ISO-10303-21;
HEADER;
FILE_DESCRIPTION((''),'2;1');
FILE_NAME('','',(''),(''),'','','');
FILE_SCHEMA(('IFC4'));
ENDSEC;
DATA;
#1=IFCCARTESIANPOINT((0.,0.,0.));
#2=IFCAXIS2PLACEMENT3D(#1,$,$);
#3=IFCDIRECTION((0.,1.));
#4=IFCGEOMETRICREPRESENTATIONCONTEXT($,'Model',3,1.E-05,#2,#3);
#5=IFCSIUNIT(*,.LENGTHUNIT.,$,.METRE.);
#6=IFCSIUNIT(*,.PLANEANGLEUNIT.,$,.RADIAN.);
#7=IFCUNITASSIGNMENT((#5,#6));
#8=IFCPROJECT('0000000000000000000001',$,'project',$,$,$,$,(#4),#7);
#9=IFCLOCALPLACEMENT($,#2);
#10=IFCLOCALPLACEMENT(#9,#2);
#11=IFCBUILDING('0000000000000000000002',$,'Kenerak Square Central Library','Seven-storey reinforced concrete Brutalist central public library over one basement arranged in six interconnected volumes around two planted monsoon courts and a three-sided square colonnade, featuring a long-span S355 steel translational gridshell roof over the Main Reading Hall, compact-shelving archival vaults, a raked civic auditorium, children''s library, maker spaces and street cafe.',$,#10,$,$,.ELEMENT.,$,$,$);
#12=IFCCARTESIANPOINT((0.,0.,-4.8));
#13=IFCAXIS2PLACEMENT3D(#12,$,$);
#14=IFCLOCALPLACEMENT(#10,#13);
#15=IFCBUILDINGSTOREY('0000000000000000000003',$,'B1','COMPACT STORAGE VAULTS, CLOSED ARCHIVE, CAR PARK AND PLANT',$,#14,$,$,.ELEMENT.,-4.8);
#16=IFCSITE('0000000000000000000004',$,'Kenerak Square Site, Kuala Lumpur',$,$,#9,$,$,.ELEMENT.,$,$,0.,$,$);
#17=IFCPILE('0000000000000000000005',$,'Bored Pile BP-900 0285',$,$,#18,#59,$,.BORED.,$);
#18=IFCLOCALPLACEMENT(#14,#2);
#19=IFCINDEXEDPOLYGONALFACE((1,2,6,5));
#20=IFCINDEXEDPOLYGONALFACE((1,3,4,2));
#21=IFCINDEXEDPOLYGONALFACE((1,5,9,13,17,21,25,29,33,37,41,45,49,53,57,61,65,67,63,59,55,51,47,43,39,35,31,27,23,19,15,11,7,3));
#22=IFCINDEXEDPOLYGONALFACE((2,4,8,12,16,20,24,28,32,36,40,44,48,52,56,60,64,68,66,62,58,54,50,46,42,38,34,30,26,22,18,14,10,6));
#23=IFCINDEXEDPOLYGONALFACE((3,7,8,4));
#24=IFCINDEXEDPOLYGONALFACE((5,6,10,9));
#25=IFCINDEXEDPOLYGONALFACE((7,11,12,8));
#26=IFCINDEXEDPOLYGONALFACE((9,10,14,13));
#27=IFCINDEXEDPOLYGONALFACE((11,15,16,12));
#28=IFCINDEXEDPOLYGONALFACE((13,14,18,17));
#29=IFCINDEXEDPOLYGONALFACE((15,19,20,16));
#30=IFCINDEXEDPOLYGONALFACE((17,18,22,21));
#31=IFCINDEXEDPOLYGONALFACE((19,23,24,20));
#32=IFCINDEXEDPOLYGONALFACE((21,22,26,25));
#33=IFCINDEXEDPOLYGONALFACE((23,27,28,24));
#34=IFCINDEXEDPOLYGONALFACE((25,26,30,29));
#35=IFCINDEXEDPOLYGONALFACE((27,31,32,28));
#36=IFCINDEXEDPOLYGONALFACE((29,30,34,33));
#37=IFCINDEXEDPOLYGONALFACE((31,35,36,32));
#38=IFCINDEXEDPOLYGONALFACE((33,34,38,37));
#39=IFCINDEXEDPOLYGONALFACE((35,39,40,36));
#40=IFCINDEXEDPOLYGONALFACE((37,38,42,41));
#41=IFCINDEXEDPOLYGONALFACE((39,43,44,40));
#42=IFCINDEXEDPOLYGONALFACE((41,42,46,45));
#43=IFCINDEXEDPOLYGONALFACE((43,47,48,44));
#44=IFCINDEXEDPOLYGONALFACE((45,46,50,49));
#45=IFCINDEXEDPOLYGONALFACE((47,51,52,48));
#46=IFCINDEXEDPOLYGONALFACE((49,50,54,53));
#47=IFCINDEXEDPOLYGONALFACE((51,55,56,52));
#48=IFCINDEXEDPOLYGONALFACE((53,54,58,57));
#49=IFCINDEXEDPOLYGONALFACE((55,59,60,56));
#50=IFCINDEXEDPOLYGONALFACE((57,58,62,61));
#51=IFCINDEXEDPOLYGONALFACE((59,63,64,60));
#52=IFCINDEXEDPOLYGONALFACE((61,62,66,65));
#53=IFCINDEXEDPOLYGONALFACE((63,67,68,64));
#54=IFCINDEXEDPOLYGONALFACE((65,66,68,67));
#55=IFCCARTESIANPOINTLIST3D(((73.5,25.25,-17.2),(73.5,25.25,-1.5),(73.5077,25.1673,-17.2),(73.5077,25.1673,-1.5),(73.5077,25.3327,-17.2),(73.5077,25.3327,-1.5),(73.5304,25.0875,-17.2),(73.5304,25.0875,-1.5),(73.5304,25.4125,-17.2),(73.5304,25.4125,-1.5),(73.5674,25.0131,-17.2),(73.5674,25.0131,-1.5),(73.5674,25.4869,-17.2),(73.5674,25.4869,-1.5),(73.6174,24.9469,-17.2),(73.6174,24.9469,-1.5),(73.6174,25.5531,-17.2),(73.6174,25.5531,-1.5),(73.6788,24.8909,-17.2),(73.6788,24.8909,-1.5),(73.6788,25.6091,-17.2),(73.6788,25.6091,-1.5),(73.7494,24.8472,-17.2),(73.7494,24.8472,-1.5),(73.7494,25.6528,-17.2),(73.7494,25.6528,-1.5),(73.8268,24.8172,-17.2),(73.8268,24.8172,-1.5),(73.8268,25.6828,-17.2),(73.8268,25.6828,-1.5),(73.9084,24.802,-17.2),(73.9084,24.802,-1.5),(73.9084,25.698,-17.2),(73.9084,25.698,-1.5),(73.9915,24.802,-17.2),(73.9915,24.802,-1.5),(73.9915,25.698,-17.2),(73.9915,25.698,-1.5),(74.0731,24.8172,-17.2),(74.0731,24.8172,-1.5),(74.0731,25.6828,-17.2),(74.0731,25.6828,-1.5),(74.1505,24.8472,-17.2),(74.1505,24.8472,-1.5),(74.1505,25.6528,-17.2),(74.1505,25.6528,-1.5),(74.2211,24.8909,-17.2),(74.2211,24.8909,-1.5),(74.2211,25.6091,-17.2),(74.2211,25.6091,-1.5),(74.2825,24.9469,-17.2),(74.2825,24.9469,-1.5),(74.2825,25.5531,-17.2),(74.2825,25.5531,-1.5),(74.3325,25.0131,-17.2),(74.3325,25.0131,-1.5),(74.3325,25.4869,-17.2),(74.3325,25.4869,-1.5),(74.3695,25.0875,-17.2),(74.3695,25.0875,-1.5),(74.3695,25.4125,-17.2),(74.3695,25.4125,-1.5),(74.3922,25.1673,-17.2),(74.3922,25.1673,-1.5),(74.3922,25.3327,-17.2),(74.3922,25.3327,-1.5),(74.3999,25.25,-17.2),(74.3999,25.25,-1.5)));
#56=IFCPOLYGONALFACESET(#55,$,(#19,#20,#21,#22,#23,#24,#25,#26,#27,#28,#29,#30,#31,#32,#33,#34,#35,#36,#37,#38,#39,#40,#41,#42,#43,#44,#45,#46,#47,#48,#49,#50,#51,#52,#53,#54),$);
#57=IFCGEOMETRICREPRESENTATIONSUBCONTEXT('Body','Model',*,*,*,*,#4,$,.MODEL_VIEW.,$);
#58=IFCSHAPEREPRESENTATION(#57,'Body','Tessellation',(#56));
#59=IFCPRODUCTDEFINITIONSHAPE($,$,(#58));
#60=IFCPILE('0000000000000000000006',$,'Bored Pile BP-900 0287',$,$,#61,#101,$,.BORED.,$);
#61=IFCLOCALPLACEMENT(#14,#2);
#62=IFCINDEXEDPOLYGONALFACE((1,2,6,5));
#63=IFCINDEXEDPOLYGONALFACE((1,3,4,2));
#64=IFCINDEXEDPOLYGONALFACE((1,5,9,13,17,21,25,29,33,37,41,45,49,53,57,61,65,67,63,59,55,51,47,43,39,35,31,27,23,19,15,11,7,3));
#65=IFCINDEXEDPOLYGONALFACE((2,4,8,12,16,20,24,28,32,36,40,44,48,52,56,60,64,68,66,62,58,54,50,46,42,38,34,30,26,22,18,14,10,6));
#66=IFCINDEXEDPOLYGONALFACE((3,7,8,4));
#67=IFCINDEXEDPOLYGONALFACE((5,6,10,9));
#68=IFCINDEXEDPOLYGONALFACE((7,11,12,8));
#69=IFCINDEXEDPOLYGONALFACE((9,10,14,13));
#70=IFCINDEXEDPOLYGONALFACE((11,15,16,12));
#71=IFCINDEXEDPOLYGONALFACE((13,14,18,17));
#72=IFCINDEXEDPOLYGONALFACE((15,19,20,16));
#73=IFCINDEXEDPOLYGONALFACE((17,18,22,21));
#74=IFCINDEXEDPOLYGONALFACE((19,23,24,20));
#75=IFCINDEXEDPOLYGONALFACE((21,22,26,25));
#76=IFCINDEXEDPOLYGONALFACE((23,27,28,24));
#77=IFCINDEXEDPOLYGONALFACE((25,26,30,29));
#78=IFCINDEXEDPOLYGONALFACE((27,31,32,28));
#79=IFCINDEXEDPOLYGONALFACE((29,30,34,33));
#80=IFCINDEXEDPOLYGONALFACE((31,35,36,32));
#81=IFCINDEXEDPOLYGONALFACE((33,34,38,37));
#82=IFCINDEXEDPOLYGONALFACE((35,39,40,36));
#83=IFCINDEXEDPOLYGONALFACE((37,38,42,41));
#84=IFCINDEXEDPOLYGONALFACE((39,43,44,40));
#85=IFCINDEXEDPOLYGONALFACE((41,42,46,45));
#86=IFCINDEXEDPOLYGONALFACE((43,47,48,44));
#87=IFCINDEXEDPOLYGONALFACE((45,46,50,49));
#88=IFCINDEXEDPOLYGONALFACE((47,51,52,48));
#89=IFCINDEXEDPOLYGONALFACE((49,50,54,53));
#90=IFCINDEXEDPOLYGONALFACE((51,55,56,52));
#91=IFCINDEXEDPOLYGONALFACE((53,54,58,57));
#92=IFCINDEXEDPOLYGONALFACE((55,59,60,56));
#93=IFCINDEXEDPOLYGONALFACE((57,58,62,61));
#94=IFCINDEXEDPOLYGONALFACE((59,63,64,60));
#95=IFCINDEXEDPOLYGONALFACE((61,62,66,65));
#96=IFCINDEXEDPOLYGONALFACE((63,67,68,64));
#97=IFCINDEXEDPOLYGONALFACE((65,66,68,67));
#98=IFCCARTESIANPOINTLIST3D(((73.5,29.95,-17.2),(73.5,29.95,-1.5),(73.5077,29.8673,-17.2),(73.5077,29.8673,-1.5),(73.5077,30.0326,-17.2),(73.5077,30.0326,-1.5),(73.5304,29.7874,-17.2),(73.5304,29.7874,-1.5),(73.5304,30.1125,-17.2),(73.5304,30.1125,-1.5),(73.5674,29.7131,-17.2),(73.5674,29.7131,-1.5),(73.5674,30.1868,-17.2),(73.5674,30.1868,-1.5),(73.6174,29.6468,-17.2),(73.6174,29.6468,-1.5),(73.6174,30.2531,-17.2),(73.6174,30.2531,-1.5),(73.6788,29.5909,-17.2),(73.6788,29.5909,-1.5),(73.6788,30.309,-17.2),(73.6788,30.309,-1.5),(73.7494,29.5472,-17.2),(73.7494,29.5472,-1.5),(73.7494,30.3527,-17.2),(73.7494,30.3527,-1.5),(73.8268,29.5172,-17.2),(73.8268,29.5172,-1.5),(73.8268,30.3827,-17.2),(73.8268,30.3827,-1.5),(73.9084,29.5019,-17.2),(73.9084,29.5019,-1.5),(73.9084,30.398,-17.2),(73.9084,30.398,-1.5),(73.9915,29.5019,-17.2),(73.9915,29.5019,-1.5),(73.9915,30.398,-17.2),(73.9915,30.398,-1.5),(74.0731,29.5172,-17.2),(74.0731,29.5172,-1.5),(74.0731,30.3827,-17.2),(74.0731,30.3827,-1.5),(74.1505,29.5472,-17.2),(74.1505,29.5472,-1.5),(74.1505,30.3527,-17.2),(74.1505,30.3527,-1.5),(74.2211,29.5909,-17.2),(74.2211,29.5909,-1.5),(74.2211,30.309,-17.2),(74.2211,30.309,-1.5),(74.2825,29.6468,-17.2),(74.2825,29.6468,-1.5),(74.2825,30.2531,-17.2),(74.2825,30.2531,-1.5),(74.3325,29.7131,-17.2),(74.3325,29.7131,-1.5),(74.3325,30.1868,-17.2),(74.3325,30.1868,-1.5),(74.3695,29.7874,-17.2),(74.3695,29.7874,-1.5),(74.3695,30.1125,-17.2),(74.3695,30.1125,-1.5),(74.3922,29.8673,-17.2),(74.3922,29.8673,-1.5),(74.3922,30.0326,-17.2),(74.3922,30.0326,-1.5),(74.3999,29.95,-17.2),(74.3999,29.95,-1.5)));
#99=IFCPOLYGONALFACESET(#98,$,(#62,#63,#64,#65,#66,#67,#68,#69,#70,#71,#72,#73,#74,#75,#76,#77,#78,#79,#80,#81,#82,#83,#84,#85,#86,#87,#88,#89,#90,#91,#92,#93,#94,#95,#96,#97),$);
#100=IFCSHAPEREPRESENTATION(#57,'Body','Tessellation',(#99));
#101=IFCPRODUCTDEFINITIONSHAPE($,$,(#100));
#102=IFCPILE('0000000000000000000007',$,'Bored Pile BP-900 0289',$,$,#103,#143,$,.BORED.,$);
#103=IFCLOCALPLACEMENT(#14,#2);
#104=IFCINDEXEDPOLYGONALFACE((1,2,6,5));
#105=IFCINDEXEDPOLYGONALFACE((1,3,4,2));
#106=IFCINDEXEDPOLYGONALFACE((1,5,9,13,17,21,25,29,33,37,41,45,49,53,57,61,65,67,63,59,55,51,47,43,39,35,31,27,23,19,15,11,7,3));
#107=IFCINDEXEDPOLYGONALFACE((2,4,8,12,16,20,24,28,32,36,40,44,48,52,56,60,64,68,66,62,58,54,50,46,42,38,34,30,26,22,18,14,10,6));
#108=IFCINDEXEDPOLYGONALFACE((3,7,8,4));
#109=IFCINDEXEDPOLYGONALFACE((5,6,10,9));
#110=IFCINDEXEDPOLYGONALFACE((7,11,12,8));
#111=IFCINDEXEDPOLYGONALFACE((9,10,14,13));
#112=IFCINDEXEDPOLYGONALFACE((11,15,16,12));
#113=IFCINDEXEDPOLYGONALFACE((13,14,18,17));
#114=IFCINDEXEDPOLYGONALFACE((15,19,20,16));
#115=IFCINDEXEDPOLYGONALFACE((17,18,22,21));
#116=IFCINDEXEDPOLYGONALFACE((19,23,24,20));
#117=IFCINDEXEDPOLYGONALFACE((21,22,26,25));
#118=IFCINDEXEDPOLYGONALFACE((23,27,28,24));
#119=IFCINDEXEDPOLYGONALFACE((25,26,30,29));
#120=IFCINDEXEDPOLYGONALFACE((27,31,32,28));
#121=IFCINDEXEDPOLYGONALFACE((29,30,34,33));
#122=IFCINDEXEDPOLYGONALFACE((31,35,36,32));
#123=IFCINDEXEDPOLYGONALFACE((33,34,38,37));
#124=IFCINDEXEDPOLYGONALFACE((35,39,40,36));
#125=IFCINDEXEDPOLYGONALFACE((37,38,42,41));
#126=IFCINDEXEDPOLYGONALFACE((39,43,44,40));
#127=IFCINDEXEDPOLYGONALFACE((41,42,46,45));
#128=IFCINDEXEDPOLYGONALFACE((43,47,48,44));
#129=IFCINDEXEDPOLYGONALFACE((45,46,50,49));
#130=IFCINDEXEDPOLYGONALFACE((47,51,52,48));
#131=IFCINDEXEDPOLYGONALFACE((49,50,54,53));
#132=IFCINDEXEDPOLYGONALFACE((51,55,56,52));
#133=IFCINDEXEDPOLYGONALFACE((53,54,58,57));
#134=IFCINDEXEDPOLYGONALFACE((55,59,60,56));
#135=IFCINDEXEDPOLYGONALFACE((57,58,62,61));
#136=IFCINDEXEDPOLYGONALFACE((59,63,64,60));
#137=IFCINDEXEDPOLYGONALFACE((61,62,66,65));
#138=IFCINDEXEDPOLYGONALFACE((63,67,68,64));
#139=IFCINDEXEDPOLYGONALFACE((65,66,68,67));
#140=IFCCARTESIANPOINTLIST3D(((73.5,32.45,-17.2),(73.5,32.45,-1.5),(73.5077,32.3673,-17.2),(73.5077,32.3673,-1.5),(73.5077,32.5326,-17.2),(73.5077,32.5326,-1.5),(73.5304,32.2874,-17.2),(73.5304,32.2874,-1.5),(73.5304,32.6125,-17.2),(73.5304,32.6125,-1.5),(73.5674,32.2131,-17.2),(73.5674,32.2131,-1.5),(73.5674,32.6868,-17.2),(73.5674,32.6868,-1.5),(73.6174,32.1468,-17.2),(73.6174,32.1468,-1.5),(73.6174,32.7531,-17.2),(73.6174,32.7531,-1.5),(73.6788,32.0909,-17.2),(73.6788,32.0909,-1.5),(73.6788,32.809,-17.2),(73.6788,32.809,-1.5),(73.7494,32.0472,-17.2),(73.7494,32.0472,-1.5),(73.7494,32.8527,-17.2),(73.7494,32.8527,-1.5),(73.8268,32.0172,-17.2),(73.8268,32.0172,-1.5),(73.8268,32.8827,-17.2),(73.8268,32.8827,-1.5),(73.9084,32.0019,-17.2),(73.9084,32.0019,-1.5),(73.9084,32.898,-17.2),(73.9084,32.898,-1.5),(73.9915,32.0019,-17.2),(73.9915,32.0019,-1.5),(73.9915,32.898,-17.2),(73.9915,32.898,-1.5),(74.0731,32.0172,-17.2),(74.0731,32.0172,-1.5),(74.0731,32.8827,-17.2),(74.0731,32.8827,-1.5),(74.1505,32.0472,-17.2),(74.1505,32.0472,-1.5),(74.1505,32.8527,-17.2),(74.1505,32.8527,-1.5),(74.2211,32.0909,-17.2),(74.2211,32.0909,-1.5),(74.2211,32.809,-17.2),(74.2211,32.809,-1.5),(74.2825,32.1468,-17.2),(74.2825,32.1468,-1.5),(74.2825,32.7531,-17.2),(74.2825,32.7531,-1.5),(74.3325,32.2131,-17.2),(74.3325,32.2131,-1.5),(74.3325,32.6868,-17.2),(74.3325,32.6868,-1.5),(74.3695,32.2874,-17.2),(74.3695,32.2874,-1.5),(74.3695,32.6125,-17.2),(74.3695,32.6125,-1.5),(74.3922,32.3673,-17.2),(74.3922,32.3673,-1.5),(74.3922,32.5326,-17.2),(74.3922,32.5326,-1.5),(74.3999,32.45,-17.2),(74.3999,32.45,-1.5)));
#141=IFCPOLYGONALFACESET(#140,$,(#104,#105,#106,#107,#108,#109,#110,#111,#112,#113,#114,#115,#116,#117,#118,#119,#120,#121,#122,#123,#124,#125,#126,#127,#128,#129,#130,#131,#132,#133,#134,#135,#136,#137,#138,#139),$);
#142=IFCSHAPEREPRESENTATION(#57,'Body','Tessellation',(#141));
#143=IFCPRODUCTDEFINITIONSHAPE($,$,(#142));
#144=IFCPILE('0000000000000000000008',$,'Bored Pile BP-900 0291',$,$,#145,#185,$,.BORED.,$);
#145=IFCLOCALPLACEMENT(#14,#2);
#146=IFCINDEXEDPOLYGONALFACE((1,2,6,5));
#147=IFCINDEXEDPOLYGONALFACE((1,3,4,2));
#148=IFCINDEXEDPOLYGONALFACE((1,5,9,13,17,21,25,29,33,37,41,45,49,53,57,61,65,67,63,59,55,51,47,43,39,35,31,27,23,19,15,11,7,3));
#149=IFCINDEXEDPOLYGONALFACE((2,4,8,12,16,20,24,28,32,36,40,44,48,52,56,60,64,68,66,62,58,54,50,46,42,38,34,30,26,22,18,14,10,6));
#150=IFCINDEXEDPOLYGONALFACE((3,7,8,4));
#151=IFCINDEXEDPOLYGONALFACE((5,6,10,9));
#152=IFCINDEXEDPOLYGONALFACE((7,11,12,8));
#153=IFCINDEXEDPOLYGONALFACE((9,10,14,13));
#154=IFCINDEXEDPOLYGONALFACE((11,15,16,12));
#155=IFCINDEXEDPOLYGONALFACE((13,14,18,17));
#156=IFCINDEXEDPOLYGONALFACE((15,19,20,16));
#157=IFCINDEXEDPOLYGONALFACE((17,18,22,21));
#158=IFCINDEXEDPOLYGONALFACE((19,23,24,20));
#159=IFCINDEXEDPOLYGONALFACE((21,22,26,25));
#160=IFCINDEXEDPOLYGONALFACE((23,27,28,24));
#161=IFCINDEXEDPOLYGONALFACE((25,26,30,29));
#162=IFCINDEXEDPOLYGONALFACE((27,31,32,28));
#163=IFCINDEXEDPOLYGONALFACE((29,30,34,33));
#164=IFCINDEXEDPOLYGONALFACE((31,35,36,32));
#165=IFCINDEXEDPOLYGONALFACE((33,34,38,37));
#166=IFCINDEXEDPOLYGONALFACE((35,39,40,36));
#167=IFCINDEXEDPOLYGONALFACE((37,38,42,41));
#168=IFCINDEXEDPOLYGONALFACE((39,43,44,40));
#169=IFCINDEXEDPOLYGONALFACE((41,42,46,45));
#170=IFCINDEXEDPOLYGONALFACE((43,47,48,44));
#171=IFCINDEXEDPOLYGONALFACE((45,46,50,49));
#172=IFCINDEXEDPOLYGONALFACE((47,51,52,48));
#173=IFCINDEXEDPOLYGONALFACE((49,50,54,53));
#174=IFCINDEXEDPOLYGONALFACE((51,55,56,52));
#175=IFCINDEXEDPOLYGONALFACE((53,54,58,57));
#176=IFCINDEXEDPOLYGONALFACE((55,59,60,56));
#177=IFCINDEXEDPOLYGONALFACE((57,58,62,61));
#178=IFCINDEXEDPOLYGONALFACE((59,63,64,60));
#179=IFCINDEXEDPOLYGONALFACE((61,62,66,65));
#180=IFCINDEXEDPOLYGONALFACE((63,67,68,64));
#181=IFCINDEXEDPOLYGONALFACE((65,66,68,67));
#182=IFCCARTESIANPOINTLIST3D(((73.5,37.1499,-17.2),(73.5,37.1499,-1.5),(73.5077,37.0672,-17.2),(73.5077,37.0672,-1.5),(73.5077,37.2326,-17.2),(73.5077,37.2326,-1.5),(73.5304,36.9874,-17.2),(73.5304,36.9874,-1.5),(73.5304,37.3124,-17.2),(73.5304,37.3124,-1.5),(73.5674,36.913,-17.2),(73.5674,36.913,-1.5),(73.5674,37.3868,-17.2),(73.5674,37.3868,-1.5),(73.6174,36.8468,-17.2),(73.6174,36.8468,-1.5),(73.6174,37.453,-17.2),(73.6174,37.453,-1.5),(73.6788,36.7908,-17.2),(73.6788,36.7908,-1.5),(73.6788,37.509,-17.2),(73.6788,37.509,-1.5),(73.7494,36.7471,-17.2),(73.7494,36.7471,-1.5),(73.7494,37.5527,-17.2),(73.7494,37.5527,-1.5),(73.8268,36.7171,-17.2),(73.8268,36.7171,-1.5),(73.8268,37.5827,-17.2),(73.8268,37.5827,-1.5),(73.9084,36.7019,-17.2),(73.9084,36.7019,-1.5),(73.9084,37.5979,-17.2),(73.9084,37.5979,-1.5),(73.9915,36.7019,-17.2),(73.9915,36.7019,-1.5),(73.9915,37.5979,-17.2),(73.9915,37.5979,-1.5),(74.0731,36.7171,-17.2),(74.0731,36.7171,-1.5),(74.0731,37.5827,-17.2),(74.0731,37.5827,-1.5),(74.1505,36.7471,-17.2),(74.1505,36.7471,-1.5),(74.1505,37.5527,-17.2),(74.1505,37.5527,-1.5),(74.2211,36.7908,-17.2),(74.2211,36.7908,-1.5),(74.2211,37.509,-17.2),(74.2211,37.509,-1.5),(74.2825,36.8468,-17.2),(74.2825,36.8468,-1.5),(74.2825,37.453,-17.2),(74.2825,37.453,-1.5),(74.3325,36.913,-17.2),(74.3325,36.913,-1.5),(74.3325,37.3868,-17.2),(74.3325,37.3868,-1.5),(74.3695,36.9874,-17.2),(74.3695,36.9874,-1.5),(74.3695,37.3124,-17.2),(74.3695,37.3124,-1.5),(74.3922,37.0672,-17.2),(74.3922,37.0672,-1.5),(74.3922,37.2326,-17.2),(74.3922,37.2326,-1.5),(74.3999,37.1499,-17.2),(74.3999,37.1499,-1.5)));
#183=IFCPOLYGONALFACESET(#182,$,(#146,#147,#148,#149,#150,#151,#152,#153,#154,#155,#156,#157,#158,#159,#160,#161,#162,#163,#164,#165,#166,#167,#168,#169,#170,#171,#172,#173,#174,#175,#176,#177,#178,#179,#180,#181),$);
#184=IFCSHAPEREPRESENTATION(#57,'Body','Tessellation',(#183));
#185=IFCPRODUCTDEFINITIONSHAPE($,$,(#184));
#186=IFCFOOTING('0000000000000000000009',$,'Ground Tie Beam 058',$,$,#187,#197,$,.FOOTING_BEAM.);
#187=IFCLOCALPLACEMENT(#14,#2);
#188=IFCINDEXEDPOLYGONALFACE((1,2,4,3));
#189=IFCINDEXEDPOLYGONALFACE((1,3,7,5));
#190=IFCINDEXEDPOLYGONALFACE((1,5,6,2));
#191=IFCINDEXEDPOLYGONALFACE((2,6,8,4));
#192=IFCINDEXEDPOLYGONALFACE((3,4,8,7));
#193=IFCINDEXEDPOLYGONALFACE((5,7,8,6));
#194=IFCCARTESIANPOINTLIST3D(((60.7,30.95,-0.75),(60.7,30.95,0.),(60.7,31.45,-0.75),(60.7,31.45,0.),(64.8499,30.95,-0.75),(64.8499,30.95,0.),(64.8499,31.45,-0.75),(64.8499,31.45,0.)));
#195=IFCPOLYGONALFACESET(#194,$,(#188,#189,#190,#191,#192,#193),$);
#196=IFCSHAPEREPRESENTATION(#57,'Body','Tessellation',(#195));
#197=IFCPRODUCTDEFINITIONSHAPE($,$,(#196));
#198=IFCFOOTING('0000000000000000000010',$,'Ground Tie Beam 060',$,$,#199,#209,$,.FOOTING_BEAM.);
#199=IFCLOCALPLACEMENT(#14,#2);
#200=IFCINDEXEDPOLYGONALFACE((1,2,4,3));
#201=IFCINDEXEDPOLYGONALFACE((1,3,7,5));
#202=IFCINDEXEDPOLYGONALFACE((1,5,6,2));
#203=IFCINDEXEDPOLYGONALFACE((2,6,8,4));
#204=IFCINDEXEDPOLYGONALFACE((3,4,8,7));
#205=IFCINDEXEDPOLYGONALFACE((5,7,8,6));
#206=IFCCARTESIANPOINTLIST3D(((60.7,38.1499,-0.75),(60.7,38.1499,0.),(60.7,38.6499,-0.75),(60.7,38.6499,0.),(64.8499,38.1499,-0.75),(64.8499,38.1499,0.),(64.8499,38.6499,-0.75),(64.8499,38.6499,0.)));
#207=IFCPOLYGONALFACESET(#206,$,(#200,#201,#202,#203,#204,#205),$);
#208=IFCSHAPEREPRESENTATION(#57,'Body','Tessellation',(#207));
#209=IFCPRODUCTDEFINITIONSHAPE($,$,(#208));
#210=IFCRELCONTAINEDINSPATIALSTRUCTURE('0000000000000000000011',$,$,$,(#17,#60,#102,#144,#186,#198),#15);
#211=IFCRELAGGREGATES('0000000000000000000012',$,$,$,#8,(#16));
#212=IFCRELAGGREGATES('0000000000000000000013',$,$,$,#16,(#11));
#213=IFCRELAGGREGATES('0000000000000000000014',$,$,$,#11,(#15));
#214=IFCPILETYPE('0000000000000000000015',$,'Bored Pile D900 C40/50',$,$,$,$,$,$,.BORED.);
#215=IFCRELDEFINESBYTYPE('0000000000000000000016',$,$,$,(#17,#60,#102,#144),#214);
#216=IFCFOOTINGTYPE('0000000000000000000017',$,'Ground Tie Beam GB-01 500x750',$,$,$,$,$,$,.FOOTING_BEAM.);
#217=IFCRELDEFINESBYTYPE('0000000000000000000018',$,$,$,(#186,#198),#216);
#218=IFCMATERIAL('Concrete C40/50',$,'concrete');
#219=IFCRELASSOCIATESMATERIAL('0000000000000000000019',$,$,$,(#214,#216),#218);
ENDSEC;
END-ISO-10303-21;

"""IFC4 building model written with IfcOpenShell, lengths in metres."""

from ifc_helpers import new_model, si_unit, direction, frame, origin, origin_2d, place, context, subcontext, project, spatial, rectangle, circle, extrude, material, material_profile, profile_set, type_object, element, save


model = new_model("IFC4")

# Units and contexts
model_context = context("Model", 3, precision=1e-05, world=origin(), true_north=direction((0.0, 1.0)))
body_context = subcontext(model_context, "Body", "Model", "MODEL_VIEW")
ifc_project = project(units=[si_unit("LENGTHUNIT", "METRE"), si_unit("PLANEANGLEUNIT", "RADIAN")], contexts=[model_context])

# Site, building, storey
site_placement = place(None, origin())
site = spatial("IfcSite", under=ifc_project, at=site_placement, Name="Kenerak Square Site, Kuala Lumpur", CompositionType="ELEMENT", RefElevation=0.0)
building_placement = place(site_placement, origin())
building = spatial("IfcBuilding", under=site, at=building_placement, Name="Kenerak Square Central Library", Description="Seven-storey reinforced concrete Brutalist central public library over one basement arranged in six interconnected volumes around two planted monsoon courts and a three-sided square colonnade, featuring a long-span S355 steel translational gridshell roof over the Main Reading Hall, compact-shelving archival vaults, a raked civic auditorium, children's library, maker spaces and street cafe.", CompositionType="ELEMENT")
storey_placement = place(building_placement, frame((0.0, 0.0, -4.8)))
storey = spatial("IfcBuildingStorey", under=building, at=storey_placement, Name="B1", Description="COMPACT STORAGE VAULTS, CLOSED ARCHIVE, CAR PARK AND PLANT", CompositionType="ELEMENT", Elevation=-4.8)

# Piles
ifc_material_1 = material(Name="Concrete C40/50", Category="concrete")
ifc_material_profile_1 = material_profile(ifc_material_1, circle(Radius=0.45, at=origin_2d()), Name="BP D900")
ifc_profile_set_1 = profile_set([ifc_material_profile_1], Name="Concrete C40/50")
pile_type_1 = type_object("IfcPileType", Name="Bored Pile D900 C40/50", PredefinedType="BORED", material=ifc_profile_set_1)
for number, where, z_axis, x_axis, name in (
    (1, (73.95, 25.25, -1.5), (0.0, 0.0, -1.0), (1.0, 0.0, 0.0), "Bored Pile BP-900 0285"),
    (2, (73.95, 29.95, -1.5), (0.0, 0.0, -1.0), (1.0, 0.0, 0.0), "Bored Pile BP-900 0287"),
    (3, (73.95, 32.45, -1.5), (0.0, 0.0, -1.0), (1.0, 0.0, 0.0), "Bored Pile BP-900 0289"),
    (4, (73.95, 37.1499, -1.5), (0.0, 0.0, -1.0), (1.0, 0.0, 0.0), "Bored Pile BP-900 0291"),
):
    element("IfcPile", number, at=place(storey_placement, frame(where, z_axis=z_axis, x_axis=x_axis)), inside=storey, type_object=pile_type_1, Name=name, PredefinedType="BORED", context=body_context, shape_type="SweptSolid", body=[
        extrude(circle(Radius=0.45, at=origin_2d()), origin(), (0.0, 0.0, 1.0), 15.7),
    ])

# Footings
footing_type_1 = type_object("IfcFootingType", Name="Ground Tie Beam GB-01 500x750", PredefinedType="FOOTING_BEAM", material=ifc_material_1)
for number, where, z_axis, x_axis, name in (
    (5, (62.7749, 31.2, -0.75), (0.0, 0.0, 1.0), (1.0, 0.0, 0.0), "Ground Tie Beam 058"),
    (6, (62.7749, 38.3999, -0.75), (0.0, 0.0, 1.0), (1.0, 0.0, 0.0), "Ground Tie Beam 060"),
):
    element("IfcFooting", number, at=place(storey_placement, frame(where, z_axis=z_axis, x_axis=x_axis)), inside=storey, type_object=footing_type_1, Name=name, PredefinedType="FOOTING_BEAM", context=body_context, shape_type="SweptSolid", body=[
        extrude(rectangle(XDim=4.1499, YDim=0.5, at=origin_2d()), origin(), (0.0, 0.0, 1.0), 0.75),
    ])

save(model, "model.ifc")
